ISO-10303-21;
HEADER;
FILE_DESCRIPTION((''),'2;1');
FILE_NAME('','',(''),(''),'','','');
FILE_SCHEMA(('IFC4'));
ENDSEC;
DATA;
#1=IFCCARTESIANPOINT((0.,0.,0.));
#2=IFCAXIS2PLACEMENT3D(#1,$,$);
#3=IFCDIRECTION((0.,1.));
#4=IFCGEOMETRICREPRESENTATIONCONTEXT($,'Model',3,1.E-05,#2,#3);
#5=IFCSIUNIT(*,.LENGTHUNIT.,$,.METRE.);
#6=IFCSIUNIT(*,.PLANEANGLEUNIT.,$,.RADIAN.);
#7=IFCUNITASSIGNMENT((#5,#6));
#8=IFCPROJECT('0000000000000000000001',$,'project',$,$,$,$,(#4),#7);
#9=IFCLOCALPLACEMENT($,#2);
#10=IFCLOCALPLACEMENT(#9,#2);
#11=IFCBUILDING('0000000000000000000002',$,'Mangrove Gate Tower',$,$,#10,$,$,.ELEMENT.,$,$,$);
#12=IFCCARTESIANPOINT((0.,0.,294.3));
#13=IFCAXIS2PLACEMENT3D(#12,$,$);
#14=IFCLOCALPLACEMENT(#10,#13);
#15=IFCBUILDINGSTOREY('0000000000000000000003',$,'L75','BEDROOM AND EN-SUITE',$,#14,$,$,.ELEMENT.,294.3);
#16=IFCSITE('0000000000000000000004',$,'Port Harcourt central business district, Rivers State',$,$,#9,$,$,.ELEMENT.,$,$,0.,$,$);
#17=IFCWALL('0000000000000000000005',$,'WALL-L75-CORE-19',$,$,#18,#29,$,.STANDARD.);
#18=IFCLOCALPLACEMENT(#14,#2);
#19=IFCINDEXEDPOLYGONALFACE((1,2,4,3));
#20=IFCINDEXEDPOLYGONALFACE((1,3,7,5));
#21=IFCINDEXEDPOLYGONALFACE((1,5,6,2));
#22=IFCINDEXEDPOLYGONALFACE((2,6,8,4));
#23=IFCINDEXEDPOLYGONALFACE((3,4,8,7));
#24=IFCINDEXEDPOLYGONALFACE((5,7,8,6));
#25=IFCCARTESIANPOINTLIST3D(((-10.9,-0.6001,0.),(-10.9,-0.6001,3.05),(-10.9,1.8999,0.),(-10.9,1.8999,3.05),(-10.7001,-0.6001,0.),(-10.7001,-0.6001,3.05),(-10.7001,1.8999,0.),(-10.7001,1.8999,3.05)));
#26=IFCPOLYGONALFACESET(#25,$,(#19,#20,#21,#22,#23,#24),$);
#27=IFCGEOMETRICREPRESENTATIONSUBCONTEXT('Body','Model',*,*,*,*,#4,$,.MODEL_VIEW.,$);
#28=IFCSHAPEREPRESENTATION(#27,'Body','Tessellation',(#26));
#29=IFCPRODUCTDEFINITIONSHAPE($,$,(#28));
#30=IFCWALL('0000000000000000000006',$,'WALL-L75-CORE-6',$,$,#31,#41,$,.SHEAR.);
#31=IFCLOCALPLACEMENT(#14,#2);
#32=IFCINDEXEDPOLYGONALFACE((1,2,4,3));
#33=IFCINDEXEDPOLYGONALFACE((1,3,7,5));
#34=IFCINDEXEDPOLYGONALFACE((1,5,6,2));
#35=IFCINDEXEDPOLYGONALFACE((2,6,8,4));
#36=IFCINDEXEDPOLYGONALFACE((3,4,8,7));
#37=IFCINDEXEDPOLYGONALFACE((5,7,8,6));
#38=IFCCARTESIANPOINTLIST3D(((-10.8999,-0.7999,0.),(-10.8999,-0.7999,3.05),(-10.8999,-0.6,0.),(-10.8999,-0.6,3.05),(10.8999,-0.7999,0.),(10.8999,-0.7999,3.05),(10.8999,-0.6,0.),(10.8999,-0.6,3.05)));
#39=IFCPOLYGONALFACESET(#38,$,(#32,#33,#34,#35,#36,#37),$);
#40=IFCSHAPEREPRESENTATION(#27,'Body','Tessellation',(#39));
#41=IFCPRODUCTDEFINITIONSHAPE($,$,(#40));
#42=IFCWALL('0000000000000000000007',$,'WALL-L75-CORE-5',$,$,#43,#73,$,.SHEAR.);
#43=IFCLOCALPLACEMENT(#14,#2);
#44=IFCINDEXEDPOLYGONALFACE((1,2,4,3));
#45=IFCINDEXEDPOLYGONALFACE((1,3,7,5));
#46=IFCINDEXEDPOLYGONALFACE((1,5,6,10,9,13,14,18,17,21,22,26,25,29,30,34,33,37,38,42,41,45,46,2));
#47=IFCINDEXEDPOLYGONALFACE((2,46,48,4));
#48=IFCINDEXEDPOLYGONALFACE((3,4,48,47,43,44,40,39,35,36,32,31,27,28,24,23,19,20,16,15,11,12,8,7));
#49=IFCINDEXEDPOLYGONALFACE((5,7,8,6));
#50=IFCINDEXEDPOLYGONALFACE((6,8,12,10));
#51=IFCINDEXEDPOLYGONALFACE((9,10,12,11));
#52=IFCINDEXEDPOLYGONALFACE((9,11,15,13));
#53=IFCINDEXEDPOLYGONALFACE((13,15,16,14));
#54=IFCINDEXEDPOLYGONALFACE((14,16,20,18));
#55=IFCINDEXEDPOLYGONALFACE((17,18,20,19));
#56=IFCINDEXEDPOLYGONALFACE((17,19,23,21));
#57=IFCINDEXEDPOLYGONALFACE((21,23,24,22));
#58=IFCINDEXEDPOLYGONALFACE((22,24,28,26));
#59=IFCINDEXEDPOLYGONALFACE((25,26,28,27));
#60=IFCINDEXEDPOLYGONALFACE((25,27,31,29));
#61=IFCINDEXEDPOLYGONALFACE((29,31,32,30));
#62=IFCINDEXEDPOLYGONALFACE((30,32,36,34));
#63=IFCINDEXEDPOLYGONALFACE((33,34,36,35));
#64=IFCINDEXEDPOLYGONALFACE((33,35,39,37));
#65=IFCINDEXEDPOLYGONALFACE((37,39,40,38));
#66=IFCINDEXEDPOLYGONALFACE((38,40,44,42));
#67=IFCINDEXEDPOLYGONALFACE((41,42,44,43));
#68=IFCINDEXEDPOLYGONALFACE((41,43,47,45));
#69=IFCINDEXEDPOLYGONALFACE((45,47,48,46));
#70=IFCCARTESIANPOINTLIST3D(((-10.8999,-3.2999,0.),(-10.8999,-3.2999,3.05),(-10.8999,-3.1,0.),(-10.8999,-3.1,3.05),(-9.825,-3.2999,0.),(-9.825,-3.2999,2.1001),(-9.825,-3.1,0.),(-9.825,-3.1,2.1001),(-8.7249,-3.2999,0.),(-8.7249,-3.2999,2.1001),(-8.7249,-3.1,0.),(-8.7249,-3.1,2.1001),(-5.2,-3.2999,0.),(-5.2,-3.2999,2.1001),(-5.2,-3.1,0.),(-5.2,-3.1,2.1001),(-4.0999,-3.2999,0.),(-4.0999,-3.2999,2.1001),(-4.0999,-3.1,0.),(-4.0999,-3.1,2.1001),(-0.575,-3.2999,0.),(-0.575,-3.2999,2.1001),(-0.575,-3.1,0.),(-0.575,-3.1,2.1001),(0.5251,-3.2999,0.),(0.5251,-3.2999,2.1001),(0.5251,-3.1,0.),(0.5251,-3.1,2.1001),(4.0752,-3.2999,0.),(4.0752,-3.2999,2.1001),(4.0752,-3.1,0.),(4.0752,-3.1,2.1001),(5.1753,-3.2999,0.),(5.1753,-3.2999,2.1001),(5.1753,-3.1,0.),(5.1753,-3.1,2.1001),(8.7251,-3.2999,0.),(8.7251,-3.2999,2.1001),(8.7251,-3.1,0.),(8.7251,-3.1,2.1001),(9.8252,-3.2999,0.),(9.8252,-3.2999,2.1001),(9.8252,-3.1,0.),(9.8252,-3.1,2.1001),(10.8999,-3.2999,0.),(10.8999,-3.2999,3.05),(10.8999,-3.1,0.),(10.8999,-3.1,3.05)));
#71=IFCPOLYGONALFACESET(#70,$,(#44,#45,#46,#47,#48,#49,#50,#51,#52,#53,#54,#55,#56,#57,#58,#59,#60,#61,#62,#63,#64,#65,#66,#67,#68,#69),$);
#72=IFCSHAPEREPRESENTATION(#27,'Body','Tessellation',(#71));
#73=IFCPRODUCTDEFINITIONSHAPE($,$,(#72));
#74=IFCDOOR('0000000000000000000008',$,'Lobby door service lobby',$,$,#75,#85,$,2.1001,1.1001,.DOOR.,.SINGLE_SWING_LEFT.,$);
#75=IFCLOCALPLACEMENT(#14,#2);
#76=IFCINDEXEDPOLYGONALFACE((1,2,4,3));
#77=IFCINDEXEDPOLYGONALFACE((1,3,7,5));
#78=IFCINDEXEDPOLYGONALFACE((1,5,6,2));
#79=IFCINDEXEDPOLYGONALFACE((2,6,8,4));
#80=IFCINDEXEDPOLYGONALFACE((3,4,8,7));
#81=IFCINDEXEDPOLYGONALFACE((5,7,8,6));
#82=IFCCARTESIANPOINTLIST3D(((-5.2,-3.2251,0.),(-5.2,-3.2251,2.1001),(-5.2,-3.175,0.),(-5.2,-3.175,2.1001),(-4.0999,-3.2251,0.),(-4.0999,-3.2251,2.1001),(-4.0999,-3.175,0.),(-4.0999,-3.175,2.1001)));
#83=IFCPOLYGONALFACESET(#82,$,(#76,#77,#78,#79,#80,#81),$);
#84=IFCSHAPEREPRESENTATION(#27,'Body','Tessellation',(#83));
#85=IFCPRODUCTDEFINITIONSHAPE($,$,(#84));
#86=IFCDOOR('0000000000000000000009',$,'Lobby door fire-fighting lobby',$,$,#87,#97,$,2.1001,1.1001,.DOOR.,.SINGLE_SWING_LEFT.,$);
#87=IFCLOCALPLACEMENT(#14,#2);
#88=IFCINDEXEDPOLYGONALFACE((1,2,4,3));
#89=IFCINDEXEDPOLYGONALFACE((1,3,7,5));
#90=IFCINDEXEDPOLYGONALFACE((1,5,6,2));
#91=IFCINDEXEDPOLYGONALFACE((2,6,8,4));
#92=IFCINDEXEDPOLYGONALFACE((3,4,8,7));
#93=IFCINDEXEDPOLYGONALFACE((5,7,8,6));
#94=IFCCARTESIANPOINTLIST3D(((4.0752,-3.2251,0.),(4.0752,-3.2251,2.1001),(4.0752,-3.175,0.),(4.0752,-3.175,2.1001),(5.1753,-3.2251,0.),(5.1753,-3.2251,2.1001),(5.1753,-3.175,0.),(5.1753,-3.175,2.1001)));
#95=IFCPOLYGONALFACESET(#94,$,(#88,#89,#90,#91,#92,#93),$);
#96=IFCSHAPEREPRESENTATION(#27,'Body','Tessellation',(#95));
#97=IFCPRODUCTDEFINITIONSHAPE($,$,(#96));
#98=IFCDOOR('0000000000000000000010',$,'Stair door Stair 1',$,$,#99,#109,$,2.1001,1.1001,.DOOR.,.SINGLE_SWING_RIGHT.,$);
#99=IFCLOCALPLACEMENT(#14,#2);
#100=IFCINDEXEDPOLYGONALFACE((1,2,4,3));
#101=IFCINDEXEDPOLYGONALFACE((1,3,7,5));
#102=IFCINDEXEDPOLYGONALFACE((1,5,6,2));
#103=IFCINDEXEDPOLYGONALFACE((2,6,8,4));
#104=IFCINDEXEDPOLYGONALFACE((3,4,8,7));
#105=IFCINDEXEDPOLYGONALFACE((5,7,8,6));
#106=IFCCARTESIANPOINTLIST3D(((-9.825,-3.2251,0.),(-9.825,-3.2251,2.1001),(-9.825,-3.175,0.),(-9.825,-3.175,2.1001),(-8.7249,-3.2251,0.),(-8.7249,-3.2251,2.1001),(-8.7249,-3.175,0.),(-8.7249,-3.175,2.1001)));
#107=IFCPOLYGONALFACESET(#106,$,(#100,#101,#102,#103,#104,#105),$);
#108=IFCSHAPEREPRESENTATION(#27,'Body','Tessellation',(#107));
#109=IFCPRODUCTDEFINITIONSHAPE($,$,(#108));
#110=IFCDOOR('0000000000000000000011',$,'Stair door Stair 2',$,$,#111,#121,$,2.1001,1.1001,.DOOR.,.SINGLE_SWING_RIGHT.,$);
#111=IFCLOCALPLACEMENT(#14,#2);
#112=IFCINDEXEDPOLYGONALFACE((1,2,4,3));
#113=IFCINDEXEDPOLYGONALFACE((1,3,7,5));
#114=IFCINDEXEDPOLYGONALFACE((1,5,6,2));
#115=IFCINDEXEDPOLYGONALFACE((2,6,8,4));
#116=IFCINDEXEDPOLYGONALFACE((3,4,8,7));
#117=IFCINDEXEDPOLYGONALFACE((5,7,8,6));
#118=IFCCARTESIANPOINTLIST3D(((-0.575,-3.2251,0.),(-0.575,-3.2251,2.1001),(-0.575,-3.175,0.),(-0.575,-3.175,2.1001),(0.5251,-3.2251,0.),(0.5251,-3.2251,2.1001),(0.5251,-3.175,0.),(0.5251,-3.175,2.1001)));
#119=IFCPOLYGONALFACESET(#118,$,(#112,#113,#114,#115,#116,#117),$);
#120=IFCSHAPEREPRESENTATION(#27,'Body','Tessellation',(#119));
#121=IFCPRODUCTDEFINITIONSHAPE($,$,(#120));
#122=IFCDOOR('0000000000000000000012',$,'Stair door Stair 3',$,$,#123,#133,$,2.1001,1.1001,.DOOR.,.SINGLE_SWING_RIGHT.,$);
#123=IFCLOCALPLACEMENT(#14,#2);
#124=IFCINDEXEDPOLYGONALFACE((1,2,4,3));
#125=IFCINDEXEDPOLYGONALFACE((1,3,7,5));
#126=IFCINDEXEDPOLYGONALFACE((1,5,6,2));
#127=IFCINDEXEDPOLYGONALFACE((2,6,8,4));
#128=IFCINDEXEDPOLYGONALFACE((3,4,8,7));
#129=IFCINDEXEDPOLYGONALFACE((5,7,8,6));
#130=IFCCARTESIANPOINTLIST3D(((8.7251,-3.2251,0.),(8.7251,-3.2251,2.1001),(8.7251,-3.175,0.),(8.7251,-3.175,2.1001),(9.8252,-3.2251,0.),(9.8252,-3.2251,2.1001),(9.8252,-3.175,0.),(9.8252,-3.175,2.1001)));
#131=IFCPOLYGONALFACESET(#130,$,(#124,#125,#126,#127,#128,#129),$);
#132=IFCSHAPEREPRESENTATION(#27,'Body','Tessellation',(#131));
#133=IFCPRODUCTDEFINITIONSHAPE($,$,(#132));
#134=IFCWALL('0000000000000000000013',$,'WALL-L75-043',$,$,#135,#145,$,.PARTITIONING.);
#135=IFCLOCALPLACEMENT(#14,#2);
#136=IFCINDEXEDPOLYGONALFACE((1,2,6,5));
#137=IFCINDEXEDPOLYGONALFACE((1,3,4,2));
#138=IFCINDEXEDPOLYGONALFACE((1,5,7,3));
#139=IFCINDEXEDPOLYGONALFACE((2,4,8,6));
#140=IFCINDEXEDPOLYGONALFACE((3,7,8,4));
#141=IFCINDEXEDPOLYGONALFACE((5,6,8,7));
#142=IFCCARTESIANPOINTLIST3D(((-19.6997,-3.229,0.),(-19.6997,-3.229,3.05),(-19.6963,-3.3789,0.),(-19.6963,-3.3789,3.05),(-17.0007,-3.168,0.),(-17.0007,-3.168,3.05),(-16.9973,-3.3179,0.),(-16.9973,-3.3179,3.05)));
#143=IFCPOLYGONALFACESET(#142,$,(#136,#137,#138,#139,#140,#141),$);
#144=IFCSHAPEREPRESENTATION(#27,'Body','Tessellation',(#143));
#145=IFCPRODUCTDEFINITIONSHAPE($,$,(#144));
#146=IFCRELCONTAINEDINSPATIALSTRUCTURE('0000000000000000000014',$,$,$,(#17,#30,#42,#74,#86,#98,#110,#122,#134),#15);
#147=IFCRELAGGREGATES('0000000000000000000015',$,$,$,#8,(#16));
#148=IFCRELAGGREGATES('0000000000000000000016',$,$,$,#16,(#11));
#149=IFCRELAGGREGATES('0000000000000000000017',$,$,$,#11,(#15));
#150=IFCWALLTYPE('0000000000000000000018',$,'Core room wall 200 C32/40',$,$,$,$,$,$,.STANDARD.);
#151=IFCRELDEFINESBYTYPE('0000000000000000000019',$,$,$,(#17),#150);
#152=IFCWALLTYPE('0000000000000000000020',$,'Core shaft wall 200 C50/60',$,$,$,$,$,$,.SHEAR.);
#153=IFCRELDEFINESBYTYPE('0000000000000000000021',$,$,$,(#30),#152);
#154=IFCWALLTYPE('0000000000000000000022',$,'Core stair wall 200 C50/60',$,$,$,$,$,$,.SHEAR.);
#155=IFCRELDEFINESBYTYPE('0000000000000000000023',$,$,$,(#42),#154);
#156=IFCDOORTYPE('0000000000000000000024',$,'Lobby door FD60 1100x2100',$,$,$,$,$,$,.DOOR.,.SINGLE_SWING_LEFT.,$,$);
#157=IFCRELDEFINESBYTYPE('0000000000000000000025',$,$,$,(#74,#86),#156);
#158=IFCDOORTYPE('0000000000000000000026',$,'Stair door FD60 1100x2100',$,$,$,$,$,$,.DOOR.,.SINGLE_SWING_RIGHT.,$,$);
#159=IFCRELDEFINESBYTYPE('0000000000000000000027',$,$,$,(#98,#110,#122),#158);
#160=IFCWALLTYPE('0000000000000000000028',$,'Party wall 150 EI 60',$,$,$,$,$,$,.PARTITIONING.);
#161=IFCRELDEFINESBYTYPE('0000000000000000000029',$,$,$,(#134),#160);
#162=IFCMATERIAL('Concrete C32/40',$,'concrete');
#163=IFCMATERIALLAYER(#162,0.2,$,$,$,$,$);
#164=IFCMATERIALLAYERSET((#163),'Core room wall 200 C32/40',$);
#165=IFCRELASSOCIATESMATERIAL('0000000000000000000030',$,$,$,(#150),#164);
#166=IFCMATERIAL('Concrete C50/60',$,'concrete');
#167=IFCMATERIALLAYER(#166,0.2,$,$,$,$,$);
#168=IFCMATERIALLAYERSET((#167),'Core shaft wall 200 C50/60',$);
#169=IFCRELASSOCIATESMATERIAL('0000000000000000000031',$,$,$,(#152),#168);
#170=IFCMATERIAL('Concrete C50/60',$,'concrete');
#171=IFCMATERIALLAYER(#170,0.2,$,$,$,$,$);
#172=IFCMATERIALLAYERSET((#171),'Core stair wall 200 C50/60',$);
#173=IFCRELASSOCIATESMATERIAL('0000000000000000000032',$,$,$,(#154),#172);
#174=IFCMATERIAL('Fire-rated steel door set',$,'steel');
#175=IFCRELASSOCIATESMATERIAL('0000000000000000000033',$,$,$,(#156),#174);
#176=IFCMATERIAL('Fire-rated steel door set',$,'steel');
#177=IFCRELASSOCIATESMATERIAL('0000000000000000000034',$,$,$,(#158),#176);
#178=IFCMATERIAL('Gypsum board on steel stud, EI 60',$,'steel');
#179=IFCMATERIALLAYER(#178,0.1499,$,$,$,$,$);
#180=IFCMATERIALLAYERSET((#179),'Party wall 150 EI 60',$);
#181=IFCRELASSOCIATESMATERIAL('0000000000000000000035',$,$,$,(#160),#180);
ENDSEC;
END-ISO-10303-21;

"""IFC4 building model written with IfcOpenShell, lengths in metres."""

from ifc_helpers import new_model, si_unit, direction, frame, frame_2d, origin, place, context, subcontext, project, spatial, rectangle, extrude, material, layer, layer_set, type_object, element, fill, save


model = new_model("IFC4")

# Units and contexts
model_context = context("Model", 3, precision=1e-05, world=origin(), true_north=direction((0.0, 1.0)))
body_context = subcontext(model_context, "Body", "Model", "MODEL_VIEW")
ifc_project = project(units=[si_unit("LENGTHUNIT", "METRE"), si_unit("PLANEANGLEUNIT", "RADIAN")], contexts=[model_context])

# Site, building, storey
site_placement = place(None, origin())
site = spatial("IfcSite", under=ifc_project, at=site_placement, Name="Port Harcourt central business district, Rivers State", CompositionType="ELEMENT", RefElevation=0.0)
building_placement = place(site_placement, origin())
building = spatial("IfcBuilding", under=site, at=building_placement, Name="Mangrove Gate Tower", CompositionType="ELEMENT")
storey_placement = place(building_placement, frame((0.0, 0.0, 294.3)))
storey = spatial("IfcBuildingStorey", under=building, at=storey_placement, Name="L75", Description="BEDROOM AND EN-SUITE", CompositionType="ELEMENT", Elevation=294.3)

# Walls
ifc_material_1 = material(Name="Concrete C32/40", Category="concrete")
ifc_layer_1 = layer(ifc_material_1, 0.2)
ifc_layer_set_1 = layer_set([ifc_layer_1], Name="Core room wall 200 C32/40")
wall_type_1 = type_object("IfcWallType", Name="Core room wall 200 C32/40", PredefinedType="STANDARD", material=ifc_layer_set_1)
wall_1_placement = place(storey_placement, frame((-10.8, -0.6001, 0.0), z_axis=(0.0, 0.0, 1.0), x_axis=(0.0, 1.0, 0.0)))
element("IfcWall", 1, at=wall_1_placement, inside=storey, type_object=wall_type_1, Name="WALL-L75-CORE-19", PredefinedType="STANDARD", context=body_context, shape_type="SweptSolid", body=[
    extrude(rectangle(XDim=2.5, YDim=0.2, at=frame_2d((1.25, 0.0))), origin(), (0.0, 0.0, 1.0), 3.05),
])
ifc_material_2 = material(Name="Concrete C50/60", Category="concrete")
ifc_layer_2 = layer(ifc_material_2, 0.2)
ifc_layer_set_2 = layer_set([ifc_layer_2], Name="Core shaft wall 200 C50/60")
wall_type_2 = type_object("IfcWallType", Name="Core shaft wall 200 C50/60", PredefinedType="SHEAR", material=ifc_layer_set_2)
wall_2_placement = place(storey_placement, frame((-10.8999, -0.7, 0.0), z_axis=(0.0, 0.0, 1.0), x_axis=(1.0, 0.0, 0.0)))
element("IfcWall", 2, at=wall_2_placement, inside=storey, type_object=wall_type_2, Name="WALL-L75-CORE-6", PredefinedType="SHEAR", context=body_context, shape_type="SweptSolid", body=[
    extrude(rectangle(XDim=21.7998, YDim=0.2, at=frame_2d((10.8999, 0.0))), origin(), (0.0, 0.0, 1.0), 3.05),
])

# Wall, openings, doors
ifc_material_3 = material(Name="Concrete C50/60", Category="concrete")
ifc_layer_3 = layer(ifc_material_3, 0.2)
ifc_layer_set_3 = layer_set([ifc_layer_3], Name="Core stair wall 200 C50/60")
wall_type_3 = type_object("IfcWallType", Name="Core stair wall 200 C50/60", PredefinedType="SHEAR", material=ifc_layer_set_3)
wall_3_placement = place(storey_placement, frame((-10.8999, -3.2, 0.0), z_axis=(0.0, 0.0, 1.0), x_axis=(1.0, 0.0, 0.0)))
wall_3 = element("IfcWall", 3, at=wall_3_placement, inside=storey, type_object=wall_type_3, Name="WALL-L75-CORE-5", PredefinedType="SHEAR", context=body_context, shape_type="SweptSolid", body=[
    extrude(rectangle(XDim=21.7998, YDim=0.2, at=frame_2d((10.8999, 0.0))), origin(), (0.0, 0.0, 1.0), 3.05),
])
opening_1_placement = place(wall_3_placement, frame((1.075, 0.0, 0.0)))
opening_1 = element("IfcOpeningElement", 4, at=opening_1_placement, cuts=wall_3, PredefinedType="OPENING", context=body_context, shape_type="SweptSolid", body=[
    extrude(rectangle(XDim=1.1001, YDim=2.1001, at=frame_2d((0.55, 1.05))), frame((0.0, 0.1099, 0.0), z_axis=(0.0, -1.0, 0.0), x_axis=(1.0, 0.0, 0.0)), (0.0, 0.0, 1.0), 0.22),
])
opening_2_placement = place(wall_3_placement, frame((10.325, 0.0, 0.0)))
opening_2 = element("IfcOpeningElement", 5, at=opening_2_placement, cuts=wall_3, PredefinedType="OPENING", context=body_context, shape_type="SweptSolid", body=[
    extrude(rectangle(XDim=1.1001, YDim=2.1001, at=frame_2d((0.55, 1.05))), frame((0.0, 0.1099, 0.0), z_axis=(0.0, -1.0, 0.0), x_axis=(1.0, 0.0, 0.0)), (0.0, 0.0, 1.0), 0.22),
])
opening_3_placement = place(wall_3_placement, frame((19.625, 0.0, 0.0)))
opening_3 = element("IfcOpeningElement", 6, at=opening_3_placement, cuts=wall_3, PredefinedType="OPENING", context=body_context, shape_type="SweptSolid", body=[
    extrude(rectangle(XDim=1.1001, YDim=2.1001, at=frame_2d((0.55, 1.05))), frame((0.0, 0.1099, 0.0), z_axis=(0.0, -1.0, 0.0), x_axis=(1.0, 0.0, 0.0)), (0.0, 0.0, 1.0), 0.22),
])
opening_4_placement = place(wall_3_placement, frame((5.7, 0.0, 0.0)))
opening_4 = element("IfcOpeningElement", 7, at=opening_4_placement, cuts=wall_3, PredefinedType="OPENING", context=body_context, shape_type="SweptSolid", body=[
    extrude(rectangle(XDim=1.1001, YDim=2.1001, at=frame_2d((0.55, 1.05))), frame((0.0, 0.1099, 0.0), z_axis=(0.0, -1.0, 0.0), x_axis=(1.0, 0.0, 0.0)), (0.0, 0.0, 1.0), 0.22),
])
opening_5_placement = place(wall_3_placement, frame((14.9751, 0.0, 0.0)))
opening_5 = element("IfcOpeningElement", 8, at=opening_5_placement, cuts=wall_3, PredefinedType="OPENING", context=body_context, shape_type="SweptSolid", body=[
    extrude(rectangle(XDim=1.1001, YDim=2.1001, at=frame_2d((0.55, 1.05))), frame((0.0, 0.1099, 0.0), z_axis=(0.0, -1.0, 0.0), x_axis=(1.0, 0.0, 0.0)), (0.0, 0.0, 1.0), 0.22),
])
ifc_material_4 = material(Name="Fire-rated steel door set", Category="steel")
door_type_1 = type_object("IfcDoorType", Name="Lobby door FD60 1100x2100", OperationType="SINGLE_SWING_LEFT", PredefinedType="DOOR", material=ifc_material_4)
door_1_placement = place(opening_4_placement, origin())
door_1 = element("IfcDoor", 9, at=door_1_placement, inside=storey, type_object=door_type_1, Name="Lobby door service lobby", OperationType="SINGLE_SWING_LEFT", OverallHeight=2.1001, OverallWidth=1.1001, PredefinedType="DOOR", context=body_context, shape_type="SweptSolid", body=[
    extrude(rectangle(XDim=1.1001, YDim=2.1001, at=frame_2d((0.55, 1.05))), frame((0.0, 0.0249, 0.0), z_axis=(0.0, -1.0, 0.0), x_axis=(1.0, 0.0, 0.0)), (0.0, 0.0, 1.0), 0.05),
])
fill(opening_4, door_1)
door_2_placement = place(opening_5_placement, origin())
door_2 = element("IfcDoor", 10, at=door_2_placement, inside=storey, type_object=door_type_1, Name="Lobby door fire-fighting lobby", OperationType="SINGLE_SWING_LEFT", OverallHeight=2.1001, OverallWidth=1.1001, PredefinedType="DOOR", context=body_context, shape_type="SweptSolid", body=[
    extrude(rectangle(XDim=1.1001, YDim=2.1001, at=frame_2d((0.55, 1.05))), frame((0.0, 0.0249, 0.0), z_axis=(0.0, -1.0, 0.0), x_axis=(1.0, 0.0, 0.0)), (0.0, 0.0, 1.0), 0.05),
])
fill(opening_5, door_2)
ifc_material_5 = material(Name="Fire-rated steel door set", Category="steel")
door_type_2 = type_object("IfcDoorType", Name="Stair door FD60 1100x2100", OperationType="SINGLE_SWING_RIGHT", PredefinedType="DOOR", material=ifc_material_5)
door_3_placement = place(opening_1_placement, origin())
door_3 = element("IfcDoor", 11, at=door_3_placement, inside=storey, type_object=door_type_2, Name="Stair door Stair 1", OperationType="SINGLE_SWING_RIGHT", OverallHeight=2.1001, OverallWidth=1.1001, PredefinedType="DOOR", context=body_context, shape_type="SweptSolid", body=[
    extrude(rectangle(XDim=1.1001, YDim=2.1001, at=frame_2d((0.55, 1.05))), frame((0.0, 0.0249, 0.0), z_axis=(0.0, -1.0, 0.0), x_axis=(1.0, 0.0, 0.0)), (0.0, 0.0, 1.0), 0.05),
])
fill(opening_1, door_3)
door_4_placement = place(opening_2_placement, origin())
door_4 = element("IfcDoor", 12, at=door_4_placement, inside=storey, type_object=door_type_2, Name="Stair door Stair 2", OperationType="SINGLE_SWING_RIGHT", OverallHeight=2.1001, OverallWidth=1.1001, PredefinedType="DOOR", context=body_context, shape_type="SweptSolid", body=[
    extrude(rectangle(XDim=1.1001, YDim=2.1001, at=frame_2d((0.55, 1.05))), frame((0.0, 0.0249, 0.0), z_axis=(0.0, -1.0, 0.0), x_axis=(1.0, 0.0, 0.0)), (0.0, 0.0, 1.0), 0.05),
])
fill(opening_2, door_4)
door_5_placement = place(opening_3_placement, origin())
door_5 = element("IfcDoor", 13, at=door_5_placement, inside=storey, type_object=door_type_2, Name="Stair door Stair 3", OperationType="SINGLE_SWING_RIGHT", OverallHeight=2.1001, OverallWidth=1.1001, PredefinedType="DOOR", context=body_context, shape_type="SweptSolid", body=[
    extrude(rectangle(XDim=1.1001, YDim=2.1001, at=frame_2d((0.55, 1.05))), frame((0.0, 0.0249, 0.0), z_axis=(0.0, -1.0, 0.0), x_axis=(1.0, 0.0, 0.0)), (0.0, 0.0, 1.0), 0.05),
])
fill(opening_3, door_5)

# Wall
ifc_material_6 = material(Name="Gypsum board on steel stud, EI 60", Category="steel")
ifc_layer_4 = layer(ifc_material_6, 0.1499)
ifc_layer_set_4 = layer_set([ifc_layer_4], Name="Party wall 150 EI 60")
wall_type_4 = type_object("IfcWallType", Name="Party wall 150 EI 60", PredefinedType="PARTITIONING", material=ifc_layer_set_4)
wall_4_placement = place(storey_placement, frame((-19.698, -3.304, 0.0), z_axis=(0.0, 0.0, 1.0), x_axis=(0.999744, 0.022608, 0.0)))
element("IfcWall", 14, at=wall_4_placement, inside=storey, type_object=wall_type_4, Name="WALL-L75-043", PredefinedType="PARTITIONING", context=body_context, shape_type="SweptSolid", body=[
    extrude(rectangle(XDim=2.6997, YDim=0.1499, at=frame_2d((1.3499, 0.0))), origin(), (0.0, 0.0, 1.0), 3.05),
])

save(model, "model.ifc")
